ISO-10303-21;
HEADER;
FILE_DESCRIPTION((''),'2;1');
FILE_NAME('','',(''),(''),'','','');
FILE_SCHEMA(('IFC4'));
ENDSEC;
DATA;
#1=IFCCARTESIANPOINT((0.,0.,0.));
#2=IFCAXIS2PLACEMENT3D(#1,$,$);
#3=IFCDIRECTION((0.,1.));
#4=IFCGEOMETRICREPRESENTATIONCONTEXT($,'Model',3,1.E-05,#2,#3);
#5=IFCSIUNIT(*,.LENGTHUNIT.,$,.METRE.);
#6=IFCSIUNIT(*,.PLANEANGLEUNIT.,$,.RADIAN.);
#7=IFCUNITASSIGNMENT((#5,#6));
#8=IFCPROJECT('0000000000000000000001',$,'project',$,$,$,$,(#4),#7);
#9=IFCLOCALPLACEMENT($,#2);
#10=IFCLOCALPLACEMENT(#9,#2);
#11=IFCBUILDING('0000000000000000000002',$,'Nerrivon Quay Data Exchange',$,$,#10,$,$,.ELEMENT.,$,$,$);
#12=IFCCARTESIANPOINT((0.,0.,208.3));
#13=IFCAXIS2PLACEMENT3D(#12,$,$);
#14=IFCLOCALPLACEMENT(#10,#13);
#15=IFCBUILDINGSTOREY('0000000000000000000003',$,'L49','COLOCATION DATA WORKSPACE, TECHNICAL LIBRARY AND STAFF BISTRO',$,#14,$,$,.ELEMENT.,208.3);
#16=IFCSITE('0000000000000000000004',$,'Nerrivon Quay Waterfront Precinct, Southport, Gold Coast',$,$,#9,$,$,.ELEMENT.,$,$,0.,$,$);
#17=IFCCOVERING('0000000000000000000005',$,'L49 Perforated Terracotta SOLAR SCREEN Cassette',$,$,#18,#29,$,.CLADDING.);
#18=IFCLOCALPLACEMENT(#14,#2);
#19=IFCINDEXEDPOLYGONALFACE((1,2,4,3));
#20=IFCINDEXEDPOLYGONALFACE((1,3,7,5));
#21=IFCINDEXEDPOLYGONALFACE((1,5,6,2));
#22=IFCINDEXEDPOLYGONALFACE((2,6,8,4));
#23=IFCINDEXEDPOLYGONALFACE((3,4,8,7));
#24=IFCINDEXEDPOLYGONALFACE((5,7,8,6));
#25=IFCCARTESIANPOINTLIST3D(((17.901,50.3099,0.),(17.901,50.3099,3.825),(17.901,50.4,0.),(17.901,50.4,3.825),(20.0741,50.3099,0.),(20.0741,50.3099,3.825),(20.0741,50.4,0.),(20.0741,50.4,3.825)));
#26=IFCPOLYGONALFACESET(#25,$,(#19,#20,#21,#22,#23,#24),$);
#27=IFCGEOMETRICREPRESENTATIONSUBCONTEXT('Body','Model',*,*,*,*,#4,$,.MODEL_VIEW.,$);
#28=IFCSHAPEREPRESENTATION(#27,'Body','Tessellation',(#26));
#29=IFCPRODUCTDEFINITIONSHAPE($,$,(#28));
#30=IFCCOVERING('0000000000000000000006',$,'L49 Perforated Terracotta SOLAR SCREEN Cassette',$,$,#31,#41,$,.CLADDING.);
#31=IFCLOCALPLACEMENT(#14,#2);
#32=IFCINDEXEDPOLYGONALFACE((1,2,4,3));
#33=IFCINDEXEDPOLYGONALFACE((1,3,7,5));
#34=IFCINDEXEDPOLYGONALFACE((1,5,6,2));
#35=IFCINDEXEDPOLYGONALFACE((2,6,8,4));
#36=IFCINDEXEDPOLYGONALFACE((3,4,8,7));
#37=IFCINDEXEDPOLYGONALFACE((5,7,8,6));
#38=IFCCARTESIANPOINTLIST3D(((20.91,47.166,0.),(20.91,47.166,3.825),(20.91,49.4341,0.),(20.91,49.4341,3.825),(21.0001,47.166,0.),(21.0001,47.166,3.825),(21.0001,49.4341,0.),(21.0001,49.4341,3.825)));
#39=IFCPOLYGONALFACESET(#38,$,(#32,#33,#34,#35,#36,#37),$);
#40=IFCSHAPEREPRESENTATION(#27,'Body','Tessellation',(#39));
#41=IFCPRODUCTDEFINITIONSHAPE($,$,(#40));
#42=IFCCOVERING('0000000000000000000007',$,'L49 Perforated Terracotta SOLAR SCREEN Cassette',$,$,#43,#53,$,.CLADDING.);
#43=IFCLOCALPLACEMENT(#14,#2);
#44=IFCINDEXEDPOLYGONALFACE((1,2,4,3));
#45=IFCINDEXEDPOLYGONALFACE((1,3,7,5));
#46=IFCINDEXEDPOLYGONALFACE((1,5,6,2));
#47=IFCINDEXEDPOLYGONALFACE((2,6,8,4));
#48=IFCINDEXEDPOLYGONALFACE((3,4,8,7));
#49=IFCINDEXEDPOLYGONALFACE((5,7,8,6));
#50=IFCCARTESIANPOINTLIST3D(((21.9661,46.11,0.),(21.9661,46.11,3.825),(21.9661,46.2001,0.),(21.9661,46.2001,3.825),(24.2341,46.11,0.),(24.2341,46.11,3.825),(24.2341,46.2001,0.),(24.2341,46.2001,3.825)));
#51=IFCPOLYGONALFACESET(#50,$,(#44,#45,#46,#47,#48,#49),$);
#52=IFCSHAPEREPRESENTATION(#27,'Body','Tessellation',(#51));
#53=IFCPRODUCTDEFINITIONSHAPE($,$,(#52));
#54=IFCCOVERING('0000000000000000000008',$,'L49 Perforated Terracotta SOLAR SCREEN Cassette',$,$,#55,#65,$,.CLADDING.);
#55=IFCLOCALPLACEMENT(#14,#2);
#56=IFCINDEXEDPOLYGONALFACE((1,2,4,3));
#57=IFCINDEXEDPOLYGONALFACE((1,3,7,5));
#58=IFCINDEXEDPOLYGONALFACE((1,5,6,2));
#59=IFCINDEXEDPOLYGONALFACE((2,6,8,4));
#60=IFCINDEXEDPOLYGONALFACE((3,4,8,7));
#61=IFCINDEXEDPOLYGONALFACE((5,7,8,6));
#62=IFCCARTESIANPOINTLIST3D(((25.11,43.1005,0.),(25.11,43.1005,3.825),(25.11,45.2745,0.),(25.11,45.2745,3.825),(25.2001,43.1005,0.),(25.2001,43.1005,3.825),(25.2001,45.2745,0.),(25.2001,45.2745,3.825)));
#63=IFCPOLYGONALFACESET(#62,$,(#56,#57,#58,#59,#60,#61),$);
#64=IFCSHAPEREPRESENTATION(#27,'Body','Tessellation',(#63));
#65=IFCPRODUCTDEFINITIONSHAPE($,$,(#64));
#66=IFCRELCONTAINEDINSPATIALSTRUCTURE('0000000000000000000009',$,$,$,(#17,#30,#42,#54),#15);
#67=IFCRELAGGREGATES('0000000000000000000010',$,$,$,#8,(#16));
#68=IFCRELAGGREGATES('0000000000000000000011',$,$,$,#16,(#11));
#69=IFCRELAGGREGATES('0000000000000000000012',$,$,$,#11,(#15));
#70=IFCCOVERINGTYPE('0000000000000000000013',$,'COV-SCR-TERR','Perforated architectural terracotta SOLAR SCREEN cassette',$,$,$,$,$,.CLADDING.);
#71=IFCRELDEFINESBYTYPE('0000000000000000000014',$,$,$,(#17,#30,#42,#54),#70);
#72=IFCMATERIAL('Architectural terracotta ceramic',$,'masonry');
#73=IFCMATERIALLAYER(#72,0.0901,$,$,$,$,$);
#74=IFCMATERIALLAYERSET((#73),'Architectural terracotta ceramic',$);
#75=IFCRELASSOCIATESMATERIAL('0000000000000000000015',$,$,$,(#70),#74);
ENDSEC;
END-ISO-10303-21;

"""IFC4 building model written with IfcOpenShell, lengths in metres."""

from ifc_helpers import new_model, si_unit, direction, frame, origin, origin_2d, place, context, subcontext, project, spatial, rectangle, extrude, material, layer, layer_set, type_object, element, save


model = new_model("IFC4")

# Units and contexts
model_context = context("Model", 3, precision=1e-05, world=origin(), true_north=direction((0.0, 1.0)))
body_context = subcontext(model_context, "Body", "Model", "MODEL_VIEW")
ifc_project = project(units=[si_unit("LENGTHUNIT", "METRE"), si_unit("PLANEANGLEUNIT", "RADIAN")], contexts=[model_context])

# Site, building, storey
site_placement = place(None, origin())
site = spatial("IfcSite", under=ifc_project, at=site_placement, Name="Nerrivon Quay Waterfront Precinct, Southport, Gold Coast", CompositionType="ELEMENT", RefElevation=0.0)
building_placement = place(site_placement, origin())
building = spatial("IfcBuilding", under=site, at=building_placement, Name="Nerrivon Quay Data Exchange", CompositionType="ELEMENT")
storey_placement = place(building_placement, frame((0.0, 0.0, 208.3)))
storey = spatial("IfcBuildingStorey", under=building, at=storey_placement, Name="L49", Description="COLOCATION DATA WORKSPACE, TECHNICAL LIBRARY AND STAFF BISTRO", CompositionType="ELEMENT", Elevation=208.3)

# Coverings
ifc_material_1 = material(Name="Architectural terracotta ceramic", Category="masonry")
ifc_layer_1 = layer(ifc_material_1, 0.0901)
ifc_layer_set_1 = layer_set([ifc_layer_1], Name="Architectural terracotta ceramic")
covering_type = type_object("IfcCoveringType", Name="COV-SCR-TERR", Description="Perforated architectural terracotta SOLAR SCREEN cassette", PredefinedType="CLADDING", material=ifc_layer_set_1)
covering_1_placement = place(storey_placement, frame((18.9875, 50.355, 0.0), z_axis=(0.0, 0.0, 1.0), x_axis=(1.0, 0.0, 0.0)))
element("IfcCovering", 1, at=covering_1_placement, inside=storey, type_object=covering_type, Name="L49 Perforated Terracotta SOLAR SCREEN Cassette", PredefinedType="CLADDING", context=body_context, shape_type="SweptSolid", body=[
    extrude(rectangle(XDim=2.1731, YDim=0.0901, at=origin_2d()), origin(), (0.0, 0.0, 1.0), 3.825),
])
for number, where, z_axis, x_axis, name in (
    (2, (20.9551, 48.3, 0.0), (0.0, 0.0, 1.0), (0.0, -1.0, 0.0), "L49 Perforated Terracotta SOLAR SCREEN Cassette"),
    (3, (23.1001, 46.155, 0.0), (0.0, 0.0, 1.0), (1.0, 0.0, 0.0), "L49 Perforated Terracotta SOLAR SCREEN Cassette"),
):
    element("IfcCovering", number, at=place(storey_placement, frame(where, z_axis=z_axis, x_axis=x_axis)), inside=storey, type_object=covering_type, Name=name, PredefinedType="CLADDING", context=body_context, shape_type="SweptSolid", body=[
        extrude(rectangle(XDim=2.2681, YDim=0.0901, at=origin_2d()), origin(), (0.0, 0.0, 1.0), 3.825),
    ])
covering_2_placement = place(storey_placement, frame((25.155, 44.1875, 0.0), z_axis=(0.0, 0.0, 1.0), x_axis=(0.0, -1.0, 0.0)))
element("IfcCovering", 4, at=covering_2_placement, inside=storey, type_object=covering_type, Name="L49 Perforated Terracotta SOLAR SCREEN Cassette", PredefinedType="CLADDING", context=body_context, shape_type="SweptSolid", body=[
    extrude(rectangle(XDim=2.1741, YDim=0.0901, at=origin_2d()), origin(), (0.0, 0.0, 1.0), 3.825),
])

save(model, "model.ifc")
